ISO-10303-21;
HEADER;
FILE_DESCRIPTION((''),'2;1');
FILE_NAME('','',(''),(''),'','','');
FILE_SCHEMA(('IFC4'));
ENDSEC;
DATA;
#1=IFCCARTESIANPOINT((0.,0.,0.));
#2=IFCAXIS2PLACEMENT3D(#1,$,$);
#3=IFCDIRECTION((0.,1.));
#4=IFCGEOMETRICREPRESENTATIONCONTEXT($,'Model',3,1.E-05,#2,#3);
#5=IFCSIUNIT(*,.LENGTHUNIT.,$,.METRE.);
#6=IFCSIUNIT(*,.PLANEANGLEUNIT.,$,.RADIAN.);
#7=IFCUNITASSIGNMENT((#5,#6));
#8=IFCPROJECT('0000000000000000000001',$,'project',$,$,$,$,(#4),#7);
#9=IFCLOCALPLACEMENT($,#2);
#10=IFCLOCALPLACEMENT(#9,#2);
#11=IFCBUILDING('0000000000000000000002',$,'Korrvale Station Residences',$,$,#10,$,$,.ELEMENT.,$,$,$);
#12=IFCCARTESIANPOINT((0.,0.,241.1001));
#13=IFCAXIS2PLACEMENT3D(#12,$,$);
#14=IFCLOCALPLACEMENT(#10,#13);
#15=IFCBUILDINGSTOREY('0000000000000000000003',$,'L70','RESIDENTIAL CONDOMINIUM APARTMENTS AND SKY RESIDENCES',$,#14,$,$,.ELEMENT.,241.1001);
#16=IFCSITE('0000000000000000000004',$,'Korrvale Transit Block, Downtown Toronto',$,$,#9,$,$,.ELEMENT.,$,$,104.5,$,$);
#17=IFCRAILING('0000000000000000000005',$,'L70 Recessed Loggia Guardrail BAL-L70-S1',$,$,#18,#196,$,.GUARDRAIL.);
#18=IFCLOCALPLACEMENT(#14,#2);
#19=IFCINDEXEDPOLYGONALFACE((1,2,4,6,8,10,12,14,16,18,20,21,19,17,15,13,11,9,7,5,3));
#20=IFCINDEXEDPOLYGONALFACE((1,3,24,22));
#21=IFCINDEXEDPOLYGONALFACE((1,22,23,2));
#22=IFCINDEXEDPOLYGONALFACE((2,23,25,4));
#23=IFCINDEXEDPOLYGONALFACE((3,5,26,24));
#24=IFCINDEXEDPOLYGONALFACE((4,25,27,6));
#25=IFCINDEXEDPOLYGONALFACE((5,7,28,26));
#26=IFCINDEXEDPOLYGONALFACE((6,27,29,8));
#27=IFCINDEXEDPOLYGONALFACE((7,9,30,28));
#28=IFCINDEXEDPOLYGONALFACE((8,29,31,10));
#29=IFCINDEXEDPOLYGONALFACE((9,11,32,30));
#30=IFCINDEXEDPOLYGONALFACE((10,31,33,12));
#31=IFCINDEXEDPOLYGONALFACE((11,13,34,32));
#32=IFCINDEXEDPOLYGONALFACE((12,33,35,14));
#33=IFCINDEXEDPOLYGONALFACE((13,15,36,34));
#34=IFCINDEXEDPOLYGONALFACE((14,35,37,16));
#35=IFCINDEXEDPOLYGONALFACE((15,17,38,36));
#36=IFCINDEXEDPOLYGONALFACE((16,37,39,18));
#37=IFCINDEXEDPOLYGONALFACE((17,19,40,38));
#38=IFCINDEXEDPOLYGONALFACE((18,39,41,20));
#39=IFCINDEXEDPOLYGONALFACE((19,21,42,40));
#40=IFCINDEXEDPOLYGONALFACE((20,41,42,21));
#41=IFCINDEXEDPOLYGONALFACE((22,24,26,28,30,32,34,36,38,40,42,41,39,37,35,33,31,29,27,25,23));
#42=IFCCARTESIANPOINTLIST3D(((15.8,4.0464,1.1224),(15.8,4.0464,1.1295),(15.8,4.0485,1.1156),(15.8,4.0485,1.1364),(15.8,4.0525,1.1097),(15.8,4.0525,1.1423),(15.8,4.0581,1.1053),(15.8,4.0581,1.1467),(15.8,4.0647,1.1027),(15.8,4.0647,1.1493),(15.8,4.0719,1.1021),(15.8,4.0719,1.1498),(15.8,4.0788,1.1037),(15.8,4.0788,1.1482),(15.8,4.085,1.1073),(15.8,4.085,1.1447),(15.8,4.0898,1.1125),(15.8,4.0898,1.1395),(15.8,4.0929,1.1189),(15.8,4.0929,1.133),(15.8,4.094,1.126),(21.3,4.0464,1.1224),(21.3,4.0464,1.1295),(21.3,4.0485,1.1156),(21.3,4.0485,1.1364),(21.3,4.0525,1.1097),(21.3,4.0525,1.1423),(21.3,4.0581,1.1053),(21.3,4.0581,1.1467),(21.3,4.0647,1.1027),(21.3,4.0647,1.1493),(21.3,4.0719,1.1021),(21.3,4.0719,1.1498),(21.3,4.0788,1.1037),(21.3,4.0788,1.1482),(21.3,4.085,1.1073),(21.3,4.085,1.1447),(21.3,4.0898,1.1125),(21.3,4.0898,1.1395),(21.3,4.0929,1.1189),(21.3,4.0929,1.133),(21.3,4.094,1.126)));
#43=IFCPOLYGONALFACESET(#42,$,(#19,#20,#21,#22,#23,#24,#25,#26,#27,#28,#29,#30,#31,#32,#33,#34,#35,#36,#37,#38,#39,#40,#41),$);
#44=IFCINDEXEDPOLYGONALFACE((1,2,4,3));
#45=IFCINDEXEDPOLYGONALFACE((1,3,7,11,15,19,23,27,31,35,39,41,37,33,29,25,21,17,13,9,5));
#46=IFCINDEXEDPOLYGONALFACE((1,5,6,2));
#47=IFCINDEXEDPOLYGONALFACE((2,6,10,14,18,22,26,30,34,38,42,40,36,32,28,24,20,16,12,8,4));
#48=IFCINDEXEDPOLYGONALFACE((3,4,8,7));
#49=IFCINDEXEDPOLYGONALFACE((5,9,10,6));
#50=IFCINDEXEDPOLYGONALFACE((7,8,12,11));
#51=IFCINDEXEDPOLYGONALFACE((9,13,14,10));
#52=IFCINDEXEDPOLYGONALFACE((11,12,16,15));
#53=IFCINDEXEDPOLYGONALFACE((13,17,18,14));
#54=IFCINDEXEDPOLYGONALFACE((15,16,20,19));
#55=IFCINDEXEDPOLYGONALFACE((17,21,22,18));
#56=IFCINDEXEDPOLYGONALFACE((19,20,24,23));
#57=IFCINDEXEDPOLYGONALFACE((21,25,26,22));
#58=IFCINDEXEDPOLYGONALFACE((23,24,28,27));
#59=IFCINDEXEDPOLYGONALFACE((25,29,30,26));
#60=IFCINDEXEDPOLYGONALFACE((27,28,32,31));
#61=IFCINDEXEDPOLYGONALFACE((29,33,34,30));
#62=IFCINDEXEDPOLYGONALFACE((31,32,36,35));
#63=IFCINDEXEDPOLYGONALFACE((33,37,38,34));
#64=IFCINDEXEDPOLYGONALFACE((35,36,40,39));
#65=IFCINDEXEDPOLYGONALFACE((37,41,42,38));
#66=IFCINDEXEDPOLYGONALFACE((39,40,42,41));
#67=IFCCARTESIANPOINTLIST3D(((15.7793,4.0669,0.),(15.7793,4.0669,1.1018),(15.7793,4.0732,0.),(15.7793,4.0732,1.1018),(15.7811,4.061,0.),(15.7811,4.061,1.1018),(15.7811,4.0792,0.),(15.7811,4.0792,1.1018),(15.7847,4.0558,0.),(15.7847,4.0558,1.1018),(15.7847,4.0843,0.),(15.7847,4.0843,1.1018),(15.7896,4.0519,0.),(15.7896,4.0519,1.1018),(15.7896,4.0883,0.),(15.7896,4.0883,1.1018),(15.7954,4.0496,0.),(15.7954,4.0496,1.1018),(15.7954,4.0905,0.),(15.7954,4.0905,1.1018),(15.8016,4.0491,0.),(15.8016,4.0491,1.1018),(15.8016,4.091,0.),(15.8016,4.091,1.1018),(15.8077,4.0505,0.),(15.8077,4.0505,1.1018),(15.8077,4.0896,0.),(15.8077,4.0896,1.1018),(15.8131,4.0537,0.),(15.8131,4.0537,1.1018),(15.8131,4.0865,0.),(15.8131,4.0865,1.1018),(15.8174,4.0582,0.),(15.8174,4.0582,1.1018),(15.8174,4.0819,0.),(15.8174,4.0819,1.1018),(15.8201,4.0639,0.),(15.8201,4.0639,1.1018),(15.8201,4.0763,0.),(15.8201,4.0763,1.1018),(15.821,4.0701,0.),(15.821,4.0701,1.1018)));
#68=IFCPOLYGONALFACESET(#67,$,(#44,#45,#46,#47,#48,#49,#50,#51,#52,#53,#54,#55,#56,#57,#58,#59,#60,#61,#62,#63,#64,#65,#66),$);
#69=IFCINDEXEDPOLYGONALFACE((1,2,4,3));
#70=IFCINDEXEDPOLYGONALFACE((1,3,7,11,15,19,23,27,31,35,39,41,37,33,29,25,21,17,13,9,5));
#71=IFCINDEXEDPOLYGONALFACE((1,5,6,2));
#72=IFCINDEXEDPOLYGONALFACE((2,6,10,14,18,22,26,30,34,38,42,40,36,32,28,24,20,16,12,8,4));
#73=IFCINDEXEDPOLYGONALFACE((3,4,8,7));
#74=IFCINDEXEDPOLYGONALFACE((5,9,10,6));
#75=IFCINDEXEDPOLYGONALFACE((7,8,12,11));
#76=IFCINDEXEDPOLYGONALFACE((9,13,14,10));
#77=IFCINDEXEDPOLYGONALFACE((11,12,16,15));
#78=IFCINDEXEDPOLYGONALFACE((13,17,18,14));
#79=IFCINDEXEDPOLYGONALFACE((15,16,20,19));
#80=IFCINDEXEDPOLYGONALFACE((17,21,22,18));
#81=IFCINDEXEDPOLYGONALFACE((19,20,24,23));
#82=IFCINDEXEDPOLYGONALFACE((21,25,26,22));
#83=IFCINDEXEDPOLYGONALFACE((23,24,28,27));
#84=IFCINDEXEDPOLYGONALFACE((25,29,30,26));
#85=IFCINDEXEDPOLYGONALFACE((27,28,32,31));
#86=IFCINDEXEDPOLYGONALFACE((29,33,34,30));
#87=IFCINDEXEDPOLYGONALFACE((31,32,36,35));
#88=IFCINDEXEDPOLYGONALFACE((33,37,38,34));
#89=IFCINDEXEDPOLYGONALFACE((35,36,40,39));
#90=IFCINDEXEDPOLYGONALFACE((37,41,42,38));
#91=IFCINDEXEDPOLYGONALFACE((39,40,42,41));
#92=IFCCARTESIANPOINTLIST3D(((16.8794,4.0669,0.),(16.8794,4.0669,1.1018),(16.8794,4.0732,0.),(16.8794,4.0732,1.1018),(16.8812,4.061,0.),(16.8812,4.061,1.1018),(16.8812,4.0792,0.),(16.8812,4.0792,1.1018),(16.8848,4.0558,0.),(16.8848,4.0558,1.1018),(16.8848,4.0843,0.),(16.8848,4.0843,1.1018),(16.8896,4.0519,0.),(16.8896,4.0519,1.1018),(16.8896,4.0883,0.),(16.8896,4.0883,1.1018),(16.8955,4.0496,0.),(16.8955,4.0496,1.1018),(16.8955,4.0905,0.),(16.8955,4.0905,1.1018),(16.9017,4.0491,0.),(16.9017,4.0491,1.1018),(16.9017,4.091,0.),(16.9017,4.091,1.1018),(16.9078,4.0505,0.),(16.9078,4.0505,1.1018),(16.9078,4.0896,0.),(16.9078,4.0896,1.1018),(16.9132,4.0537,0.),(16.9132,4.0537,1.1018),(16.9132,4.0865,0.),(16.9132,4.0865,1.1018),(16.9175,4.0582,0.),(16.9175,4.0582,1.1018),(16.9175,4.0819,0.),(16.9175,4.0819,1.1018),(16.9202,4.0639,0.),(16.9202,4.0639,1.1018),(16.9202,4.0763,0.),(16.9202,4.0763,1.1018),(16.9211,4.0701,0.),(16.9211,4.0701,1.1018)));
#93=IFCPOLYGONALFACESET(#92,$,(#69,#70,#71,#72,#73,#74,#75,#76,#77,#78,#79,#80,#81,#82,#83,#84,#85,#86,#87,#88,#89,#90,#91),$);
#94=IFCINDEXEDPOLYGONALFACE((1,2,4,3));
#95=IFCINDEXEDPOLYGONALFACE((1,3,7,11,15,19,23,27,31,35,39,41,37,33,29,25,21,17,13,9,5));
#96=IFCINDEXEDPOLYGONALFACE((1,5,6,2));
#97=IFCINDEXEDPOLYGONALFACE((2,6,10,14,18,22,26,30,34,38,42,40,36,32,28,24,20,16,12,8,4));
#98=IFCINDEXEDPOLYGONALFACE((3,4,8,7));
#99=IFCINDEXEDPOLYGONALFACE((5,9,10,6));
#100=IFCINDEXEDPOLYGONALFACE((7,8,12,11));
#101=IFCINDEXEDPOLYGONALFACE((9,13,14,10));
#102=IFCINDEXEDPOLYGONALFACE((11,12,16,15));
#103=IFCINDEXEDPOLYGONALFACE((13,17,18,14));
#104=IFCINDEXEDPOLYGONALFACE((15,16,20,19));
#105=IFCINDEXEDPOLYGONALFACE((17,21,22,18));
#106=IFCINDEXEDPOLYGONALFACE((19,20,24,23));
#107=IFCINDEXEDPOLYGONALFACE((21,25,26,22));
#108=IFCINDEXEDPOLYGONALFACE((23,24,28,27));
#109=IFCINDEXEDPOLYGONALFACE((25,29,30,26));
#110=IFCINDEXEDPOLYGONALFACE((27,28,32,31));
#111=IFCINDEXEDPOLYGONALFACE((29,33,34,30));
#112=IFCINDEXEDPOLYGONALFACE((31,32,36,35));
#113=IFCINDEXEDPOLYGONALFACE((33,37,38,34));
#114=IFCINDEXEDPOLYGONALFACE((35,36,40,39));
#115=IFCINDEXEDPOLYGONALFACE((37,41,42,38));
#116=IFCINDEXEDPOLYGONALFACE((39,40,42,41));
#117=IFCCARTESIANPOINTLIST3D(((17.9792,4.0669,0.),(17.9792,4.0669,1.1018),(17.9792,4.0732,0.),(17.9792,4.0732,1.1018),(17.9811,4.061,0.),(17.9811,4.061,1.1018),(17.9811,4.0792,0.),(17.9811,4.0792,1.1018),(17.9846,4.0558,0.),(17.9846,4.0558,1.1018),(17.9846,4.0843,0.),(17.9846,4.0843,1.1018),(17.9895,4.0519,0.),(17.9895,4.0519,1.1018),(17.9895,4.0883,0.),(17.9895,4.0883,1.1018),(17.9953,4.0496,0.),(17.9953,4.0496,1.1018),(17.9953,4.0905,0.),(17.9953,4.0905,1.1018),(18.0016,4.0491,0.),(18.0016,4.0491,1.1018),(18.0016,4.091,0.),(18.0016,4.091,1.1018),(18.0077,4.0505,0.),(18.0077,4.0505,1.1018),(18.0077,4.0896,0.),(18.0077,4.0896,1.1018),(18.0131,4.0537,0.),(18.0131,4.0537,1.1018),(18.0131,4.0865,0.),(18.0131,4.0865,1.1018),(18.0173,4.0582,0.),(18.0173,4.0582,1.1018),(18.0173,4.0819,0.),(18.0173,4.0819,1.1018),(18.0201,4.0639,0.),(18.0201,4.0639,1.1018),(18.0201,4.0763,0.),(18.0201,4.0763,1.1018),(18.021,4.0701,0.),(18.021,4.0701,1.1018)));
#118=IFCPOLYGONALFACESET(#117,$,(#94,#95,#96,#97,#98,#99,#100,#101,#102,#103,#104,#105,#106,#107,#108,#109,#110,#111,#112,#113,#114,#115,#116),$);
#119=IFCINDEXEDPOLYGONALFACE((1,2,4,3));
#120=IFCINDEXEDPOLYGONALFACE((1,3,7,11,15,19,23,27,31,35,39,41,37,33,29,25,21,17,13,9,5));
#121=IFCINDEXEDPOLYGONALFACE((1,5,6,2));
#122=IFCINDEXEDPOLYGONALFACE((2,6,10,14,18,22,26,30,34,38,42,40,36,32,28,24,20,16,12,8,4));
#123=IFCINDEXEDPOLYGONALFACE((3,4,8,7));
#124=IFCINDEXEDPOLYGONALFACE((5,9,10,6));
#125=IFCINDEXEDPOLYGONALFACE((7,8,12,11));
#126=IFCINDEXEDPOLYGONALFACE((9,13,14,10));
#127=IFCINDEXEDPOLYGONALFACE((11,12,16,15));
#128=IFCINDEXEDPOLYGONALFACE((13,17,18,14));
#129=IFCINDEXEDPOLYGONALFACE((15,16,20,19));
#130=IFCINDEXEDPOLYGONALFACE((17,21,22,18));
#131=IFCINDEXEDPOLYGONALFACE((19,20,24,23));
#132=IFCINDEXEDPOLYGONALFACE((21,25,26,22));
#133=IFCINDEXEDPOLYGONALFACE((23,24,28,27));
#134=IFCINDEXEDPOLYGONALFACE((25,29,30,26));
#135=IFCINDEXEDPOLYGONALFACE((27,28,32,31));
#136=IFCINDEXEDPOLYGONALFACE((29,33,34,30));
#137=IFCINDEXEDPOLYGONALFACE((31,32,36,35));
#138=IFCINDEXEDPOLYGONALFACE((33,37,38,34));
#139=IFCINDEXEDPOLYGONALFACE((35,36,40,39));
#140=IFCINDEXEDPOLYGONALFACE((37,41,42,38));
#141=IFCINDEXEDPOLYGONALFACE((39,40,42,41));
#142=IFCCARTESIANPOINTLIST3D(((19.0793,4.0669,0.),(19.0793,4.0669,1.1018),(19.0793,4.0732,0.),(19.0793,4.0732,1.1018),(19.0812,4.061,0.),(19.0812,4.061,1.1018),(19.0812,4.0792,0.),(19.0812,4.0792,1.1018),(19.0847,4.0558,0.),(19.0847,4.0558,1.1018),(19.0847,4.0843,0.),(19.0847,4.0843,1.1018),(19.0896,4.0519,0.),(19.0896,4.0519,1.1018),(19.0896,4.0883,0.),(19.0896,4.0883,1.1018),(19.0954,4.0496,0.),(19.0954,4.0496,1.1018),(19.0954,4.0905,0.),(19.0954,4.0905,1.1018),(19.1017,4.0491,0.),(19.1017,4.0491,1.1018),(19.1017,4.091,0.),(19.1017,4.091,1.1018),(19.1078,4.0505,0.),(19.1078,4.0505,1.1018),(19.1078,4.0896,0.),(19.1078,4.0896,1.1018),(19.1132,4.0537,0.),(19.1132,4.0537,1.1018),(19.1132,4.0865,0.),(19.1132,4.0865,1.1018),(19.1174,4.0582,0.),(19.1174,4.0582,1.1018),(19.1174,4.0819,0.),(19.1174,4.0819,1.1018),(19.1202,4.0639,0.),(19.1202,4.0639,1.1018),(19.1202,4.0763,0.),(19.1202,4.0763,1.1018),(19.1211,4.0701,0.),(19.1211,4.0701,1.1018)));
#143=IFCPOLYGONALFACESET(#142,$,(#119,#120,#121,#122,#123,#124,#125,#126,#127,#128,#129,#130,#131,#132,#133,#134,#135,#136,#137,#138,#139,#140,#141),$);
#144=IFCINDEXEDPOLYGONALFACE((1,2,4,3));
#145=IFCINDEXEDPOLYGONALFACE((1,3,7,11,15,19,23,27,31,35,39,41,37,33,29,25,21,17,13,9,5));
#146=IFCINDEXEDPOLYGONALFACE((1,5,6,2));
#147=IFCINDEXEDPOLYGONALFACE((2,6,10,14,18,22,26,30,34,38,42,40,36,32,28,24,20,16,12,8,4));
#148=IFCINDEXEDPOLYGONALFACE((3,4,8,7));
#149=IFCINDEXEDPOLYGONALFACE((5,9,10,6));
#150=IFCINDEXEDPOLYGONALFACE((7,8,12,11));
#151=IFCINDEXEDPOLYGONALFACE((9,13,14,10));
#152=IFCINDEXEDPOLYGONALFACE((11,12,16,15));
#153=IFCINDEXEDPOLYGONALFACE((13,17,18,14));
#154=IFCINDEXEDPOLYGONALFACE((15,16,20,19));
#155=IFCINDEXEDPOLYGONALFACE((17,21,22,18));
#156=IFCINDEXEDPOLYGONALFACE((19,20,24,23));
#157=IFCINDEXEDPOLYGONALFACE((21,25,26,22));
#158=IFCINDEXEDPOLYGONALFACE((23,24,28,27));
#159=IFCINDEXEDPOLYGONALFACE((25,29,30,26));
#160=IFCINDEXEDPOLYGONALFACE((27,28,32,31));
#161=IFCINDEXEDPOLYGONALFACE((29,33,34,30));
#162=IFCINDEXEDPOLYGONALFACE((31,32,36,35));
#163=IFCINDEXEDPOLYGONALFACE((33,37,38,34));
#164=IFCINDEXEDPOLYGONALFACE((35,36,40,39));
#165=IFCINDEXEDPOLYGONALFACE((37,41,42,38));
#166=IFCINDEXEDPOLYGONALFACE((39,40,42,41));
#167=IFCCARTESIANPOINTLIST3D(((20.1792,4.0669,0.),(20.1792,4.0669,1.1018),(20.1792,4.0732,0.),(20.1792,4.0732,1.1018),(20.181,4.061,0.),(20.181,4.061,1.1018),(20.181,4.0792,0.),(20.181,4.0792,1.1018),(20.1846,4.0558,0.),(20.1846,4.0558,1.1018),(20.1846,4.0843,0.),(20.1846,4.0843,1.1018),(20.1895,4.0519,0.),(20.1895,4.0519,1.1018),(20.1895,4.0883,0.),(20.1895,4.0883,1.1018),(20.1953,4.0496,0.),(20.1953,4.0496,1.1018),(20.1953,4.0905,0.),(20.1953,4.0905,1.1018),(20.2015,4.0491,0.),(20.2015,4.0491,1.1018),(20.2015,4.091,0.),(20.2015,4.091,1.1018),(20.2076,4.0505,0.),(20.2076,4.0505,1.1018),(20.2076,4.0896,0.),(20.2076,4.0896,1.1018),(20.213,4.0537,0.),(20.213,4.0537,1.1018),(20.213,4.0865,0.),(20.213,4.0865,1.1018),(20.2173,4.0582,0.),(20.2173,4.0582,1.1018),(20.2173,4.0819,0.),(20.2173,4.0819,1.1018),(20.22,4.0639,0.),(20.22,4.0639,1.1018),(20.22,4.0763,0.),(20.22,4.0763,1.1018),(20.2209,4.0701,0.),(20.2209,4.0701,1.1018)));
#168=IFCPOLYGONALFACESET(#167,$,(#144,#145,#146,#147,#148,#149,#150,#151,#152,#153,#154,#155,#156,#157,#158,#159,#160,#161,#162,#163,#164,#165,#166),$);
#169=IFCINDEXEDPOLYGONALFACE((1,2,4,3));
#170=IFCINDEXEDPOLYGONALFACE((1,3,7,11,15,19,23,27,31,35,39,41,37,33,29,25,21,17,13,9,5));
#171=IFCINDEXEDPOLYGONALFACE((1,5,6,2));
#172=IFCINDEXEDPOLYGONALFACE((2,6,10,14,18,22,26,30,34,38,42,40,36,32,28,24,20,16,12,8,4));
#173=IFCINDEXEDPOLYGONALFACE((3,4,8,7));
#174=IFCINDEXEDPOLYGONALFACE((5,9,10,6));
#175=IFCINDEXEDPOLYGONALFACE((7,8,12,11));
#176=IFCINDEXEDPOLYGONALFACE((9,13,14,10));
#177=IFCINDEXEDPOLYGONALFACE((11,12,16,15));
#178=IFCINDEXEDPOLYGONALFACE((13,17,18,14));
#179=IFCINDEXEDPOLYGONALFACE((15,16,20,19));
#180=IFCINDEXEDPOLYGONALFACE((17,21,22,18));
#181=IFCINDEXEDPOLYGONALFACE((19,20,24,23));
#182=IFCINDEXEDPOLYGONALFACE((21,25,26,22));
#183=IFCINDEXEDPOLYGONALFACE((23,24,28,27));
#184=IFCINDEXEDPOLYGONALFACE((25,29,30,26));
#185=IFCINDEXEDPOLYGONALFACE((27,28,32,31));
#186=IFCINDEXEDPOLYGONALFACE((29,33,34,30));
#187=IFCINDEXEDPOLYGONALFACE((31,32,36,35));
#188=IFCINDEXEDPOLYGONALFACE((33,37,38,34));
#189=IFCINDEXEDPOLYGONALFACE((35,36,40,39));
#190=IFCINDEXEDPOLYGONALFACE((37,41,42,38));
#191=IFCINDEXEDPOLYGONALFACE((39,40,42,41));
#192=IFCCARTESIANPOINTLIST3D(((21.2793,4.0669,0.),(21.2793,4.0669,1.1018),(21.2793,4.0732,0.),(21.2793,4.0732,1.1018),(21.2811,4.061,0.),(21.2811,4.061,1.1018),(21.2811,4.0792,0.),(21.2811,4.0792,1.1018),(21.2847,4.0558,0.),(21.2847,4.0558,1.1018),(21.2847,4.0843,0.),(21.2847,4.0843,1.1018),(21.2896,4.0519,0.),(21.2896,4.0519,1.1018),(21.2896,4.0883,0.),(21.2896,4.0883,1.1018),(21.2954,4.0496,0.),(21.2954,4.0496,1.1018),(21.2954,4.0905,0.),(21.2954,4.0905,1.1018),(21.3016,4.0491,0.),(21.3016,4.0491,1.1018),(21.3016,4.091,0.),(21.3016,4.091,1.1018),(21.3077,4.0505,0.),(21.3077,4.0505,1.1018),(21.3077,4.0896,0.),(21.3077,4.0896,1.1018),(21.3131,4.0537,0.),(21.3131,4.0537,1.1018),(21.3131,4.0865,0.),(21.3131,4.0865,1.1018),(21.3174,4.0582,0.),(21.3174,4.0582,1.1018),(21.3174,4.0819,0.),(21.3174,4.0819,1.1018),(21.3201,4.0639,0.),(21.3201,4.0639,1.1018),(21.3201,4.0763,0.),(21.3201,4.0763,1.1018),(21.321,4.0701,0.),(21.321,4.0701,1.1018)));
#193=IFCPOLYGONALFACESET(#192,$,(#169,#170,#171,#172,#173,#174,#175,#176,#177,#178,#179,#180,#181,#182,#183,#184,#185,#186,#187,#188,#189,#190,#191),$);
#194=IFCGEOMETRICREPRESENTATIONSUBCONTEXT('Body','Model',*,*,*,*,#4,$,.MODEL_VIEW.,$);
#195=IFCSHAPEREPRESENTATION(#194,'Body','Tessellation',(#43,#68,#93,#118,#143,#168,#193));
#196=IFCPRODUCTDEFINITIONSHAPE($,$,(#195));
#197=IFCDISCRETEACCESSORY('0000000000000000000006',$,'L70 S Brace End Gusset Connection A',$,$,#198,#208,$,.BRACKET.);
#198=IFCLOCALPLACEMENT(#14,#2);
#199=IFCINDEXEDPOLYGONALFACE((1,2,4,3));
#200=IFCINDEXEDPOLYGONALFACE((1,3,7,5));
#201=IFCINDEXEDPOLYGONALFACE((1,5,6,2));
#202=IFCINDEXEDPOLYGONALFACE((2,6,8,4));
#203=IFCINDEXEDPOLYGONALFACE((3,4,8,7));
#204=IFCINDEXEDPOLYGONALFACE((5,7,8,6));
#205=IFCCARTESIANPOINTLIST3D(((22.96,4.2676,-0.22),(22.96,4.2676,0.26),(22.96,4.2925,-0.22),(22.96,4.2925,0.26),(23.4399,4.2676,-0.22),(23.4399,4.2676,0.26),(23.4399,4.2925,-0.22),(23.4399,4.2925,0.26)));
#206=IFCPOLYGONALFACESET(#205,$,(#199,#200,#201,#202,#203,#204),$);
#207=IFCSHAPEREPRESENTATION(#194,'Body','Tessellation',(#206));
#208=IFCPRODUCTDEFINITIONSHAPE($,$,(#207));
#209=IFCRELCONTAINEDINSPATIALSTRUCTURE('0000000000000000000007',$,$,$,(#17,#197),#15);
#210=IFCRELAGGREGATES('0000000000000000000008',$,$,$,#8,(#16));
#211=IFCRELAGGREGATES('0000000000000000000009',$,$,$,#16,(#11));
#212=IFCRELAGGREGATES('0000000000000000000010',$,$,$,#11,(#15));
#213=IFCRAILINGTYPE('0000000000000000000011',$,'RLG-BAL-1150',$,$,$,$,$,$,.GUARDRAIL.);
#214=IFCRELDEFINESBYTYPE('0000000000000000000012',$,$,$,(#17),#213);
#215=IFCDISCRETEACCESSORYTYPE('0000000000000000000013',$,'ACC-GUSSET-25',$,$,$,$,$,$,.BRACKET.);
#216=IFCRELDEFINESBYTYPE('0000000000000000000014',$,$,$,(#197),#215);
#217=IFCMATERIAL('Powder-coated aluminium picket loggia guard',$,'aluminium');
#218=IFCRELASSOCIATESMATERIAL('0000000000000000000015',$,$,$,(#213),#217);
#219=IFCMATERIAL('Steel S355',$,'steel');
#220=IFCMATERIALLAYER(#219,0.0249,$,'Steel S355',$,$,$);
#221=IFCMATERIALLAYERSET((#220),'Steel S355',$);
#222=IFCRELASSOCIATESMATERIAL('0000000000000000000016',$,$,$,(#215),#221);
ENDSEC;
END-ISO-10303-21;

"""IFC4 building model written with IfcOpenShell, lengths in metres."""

from ifc_helpers import new_model, si_unit, direction, frame, origin, origin_2d, place, context, subcontext, project, spatial, rectangle, circle, extrude, material, layer, layer_set, type_object, element, save


model = new_model("IFC4")

# Units and contexts
model_context = context("Model", 3, precision=1e-05, world=origin(), true_north=direction((0.0, 1.0)))
body_context = subcontext(model_context, "Body", "Model", "MODEL_VIEW")
ifc_project = project(units=[si_unit("LENGTHUNIT", "METRE"), si_unit("PLANEANGLEUNIT", "RADIAN")], contexts=[model_context])

# Site, building, storey
site_placement = place(None, origin())
site = spatial("IfcSite", under=ifc_project, at=site_placement, Name="Korrvale Transit Block, Downtown Toronto", CompositionType="ELEMENT", RefElevation=104.5)
building_placement = place(site_placement, origin())
building = spatial("IfcBuilding", under=site, at=building_placement, Name="Korrvale Station Residences", CompositionType="ELEMENT")
storey_placement = place(building_placement, frame((0.0, 0.0, 241.1001)))
storey = spatial("IfcBuildingStorey", under=building, at=storey_placement, Name="L70", Description="RESIDENTIAL CONDOMINIUM APARTMENTS AND SKY RESIDENCES", CompositionType="ELEMENT", Elevation=241.1001)

# Shared definitions
ifc_material_1 = material(Name="Steel S355", Category="steel")

# Railing
ifc_material_2 = material(Name="Powder-coated aluminium picket loggia guard", Category="aluminium")
railing_type = type_object("IfcRailingType", Name="RLG-BAL-1150", PredefinedType="GUARDRAIL", material=ifc_material_2)
railing_placement = place(storey_placement, frame((15.8, 4.0701, 0.0)))
element("IfcRailing", 1, at=railing_placement, inside=storey, type_object=railing_type, Name="L70 Recessed Loggia Guardrail BAL-L70-S1", PredefinedType="GUARDRAIL", context=body_context, shape_type="SweptSolid", body=[
    extrude(circle(Radius=0.0239, at=origin_2d()), frame((0.0, 0.0, 1.126), z_axis=(1.0, 0.0, 0.0), x_axis=(0.0, 1.0, 0.0)), (0.0, 0.0, 1.0), 5.5),
    extrude(circle(Radius=0.021, at=origin_2d()), origin(), (0.0, 0.0, 1.0), 1.1018),
    extrude(circle(Radius=0.021, at=origin_2d()), frame((1.1001, 0.0, 0.0)), (0.0, 0.0, 1.0), 1.1018),
    extrude(circle(Radius=0.021, at=origin_2d()), frame((2.2, 0.0, 0.0)), (0.0, 0.0, 1.0), 1.1018),
    extrude(circle(Radius=0.021, at=origin_2d()), frame((3.3, 0.0, 0.0)), (0.0, 0.0, 1.0), 1.1018),
    extrude(circle(Radius=0.021, at=origin_2d()), frame((4.3999, 0.0, 0.0)), (0.0, 0.0, 1.0), 1.1018),
    extrude(circle(Radius=0.021, at=origin_2d()), frame((5.5, 0.0, 0.0)), (0.0, 0.0, 1.0), 1.1018),
])

# Discrete accessory
ifc_layer_1 = layer(ifc_material_1, 0.0249, Name="Steel S355")
ifc_layer_set_1 = layer_set([ifc_layer_1], Name="Steel S355")
discrete_accessory_type = type_object("IfcDiscreteAccessoryType", Name="ACC-GUSSET-25", PredefinedType="BRACKET", material=ifc_layer_set_1)
discrete_accessory_placement = place(storey_placement, frame((23.2, 4.28, -0.22), z_axis=(0.0, 0.0, 1.0), x_axis=(1.0, 0.0, 0.0)))
element("IfcDiscreteAccessory", 2, at=discrete_accessory_placement, inside=storey, type_object=discrete_accessory_type, Name="L70 S Brace End Gusset Connection A", PredefinedType="BRACKET", context=body_context, shape_type="SweptSolid", body=[
    extrude(rectangle(XDim=0.48, YDim=0.0249, at=origin_2d()), origin(), (0.0, 0.0, 1.0), 0.48),
])

save(model, "model.ifc")
